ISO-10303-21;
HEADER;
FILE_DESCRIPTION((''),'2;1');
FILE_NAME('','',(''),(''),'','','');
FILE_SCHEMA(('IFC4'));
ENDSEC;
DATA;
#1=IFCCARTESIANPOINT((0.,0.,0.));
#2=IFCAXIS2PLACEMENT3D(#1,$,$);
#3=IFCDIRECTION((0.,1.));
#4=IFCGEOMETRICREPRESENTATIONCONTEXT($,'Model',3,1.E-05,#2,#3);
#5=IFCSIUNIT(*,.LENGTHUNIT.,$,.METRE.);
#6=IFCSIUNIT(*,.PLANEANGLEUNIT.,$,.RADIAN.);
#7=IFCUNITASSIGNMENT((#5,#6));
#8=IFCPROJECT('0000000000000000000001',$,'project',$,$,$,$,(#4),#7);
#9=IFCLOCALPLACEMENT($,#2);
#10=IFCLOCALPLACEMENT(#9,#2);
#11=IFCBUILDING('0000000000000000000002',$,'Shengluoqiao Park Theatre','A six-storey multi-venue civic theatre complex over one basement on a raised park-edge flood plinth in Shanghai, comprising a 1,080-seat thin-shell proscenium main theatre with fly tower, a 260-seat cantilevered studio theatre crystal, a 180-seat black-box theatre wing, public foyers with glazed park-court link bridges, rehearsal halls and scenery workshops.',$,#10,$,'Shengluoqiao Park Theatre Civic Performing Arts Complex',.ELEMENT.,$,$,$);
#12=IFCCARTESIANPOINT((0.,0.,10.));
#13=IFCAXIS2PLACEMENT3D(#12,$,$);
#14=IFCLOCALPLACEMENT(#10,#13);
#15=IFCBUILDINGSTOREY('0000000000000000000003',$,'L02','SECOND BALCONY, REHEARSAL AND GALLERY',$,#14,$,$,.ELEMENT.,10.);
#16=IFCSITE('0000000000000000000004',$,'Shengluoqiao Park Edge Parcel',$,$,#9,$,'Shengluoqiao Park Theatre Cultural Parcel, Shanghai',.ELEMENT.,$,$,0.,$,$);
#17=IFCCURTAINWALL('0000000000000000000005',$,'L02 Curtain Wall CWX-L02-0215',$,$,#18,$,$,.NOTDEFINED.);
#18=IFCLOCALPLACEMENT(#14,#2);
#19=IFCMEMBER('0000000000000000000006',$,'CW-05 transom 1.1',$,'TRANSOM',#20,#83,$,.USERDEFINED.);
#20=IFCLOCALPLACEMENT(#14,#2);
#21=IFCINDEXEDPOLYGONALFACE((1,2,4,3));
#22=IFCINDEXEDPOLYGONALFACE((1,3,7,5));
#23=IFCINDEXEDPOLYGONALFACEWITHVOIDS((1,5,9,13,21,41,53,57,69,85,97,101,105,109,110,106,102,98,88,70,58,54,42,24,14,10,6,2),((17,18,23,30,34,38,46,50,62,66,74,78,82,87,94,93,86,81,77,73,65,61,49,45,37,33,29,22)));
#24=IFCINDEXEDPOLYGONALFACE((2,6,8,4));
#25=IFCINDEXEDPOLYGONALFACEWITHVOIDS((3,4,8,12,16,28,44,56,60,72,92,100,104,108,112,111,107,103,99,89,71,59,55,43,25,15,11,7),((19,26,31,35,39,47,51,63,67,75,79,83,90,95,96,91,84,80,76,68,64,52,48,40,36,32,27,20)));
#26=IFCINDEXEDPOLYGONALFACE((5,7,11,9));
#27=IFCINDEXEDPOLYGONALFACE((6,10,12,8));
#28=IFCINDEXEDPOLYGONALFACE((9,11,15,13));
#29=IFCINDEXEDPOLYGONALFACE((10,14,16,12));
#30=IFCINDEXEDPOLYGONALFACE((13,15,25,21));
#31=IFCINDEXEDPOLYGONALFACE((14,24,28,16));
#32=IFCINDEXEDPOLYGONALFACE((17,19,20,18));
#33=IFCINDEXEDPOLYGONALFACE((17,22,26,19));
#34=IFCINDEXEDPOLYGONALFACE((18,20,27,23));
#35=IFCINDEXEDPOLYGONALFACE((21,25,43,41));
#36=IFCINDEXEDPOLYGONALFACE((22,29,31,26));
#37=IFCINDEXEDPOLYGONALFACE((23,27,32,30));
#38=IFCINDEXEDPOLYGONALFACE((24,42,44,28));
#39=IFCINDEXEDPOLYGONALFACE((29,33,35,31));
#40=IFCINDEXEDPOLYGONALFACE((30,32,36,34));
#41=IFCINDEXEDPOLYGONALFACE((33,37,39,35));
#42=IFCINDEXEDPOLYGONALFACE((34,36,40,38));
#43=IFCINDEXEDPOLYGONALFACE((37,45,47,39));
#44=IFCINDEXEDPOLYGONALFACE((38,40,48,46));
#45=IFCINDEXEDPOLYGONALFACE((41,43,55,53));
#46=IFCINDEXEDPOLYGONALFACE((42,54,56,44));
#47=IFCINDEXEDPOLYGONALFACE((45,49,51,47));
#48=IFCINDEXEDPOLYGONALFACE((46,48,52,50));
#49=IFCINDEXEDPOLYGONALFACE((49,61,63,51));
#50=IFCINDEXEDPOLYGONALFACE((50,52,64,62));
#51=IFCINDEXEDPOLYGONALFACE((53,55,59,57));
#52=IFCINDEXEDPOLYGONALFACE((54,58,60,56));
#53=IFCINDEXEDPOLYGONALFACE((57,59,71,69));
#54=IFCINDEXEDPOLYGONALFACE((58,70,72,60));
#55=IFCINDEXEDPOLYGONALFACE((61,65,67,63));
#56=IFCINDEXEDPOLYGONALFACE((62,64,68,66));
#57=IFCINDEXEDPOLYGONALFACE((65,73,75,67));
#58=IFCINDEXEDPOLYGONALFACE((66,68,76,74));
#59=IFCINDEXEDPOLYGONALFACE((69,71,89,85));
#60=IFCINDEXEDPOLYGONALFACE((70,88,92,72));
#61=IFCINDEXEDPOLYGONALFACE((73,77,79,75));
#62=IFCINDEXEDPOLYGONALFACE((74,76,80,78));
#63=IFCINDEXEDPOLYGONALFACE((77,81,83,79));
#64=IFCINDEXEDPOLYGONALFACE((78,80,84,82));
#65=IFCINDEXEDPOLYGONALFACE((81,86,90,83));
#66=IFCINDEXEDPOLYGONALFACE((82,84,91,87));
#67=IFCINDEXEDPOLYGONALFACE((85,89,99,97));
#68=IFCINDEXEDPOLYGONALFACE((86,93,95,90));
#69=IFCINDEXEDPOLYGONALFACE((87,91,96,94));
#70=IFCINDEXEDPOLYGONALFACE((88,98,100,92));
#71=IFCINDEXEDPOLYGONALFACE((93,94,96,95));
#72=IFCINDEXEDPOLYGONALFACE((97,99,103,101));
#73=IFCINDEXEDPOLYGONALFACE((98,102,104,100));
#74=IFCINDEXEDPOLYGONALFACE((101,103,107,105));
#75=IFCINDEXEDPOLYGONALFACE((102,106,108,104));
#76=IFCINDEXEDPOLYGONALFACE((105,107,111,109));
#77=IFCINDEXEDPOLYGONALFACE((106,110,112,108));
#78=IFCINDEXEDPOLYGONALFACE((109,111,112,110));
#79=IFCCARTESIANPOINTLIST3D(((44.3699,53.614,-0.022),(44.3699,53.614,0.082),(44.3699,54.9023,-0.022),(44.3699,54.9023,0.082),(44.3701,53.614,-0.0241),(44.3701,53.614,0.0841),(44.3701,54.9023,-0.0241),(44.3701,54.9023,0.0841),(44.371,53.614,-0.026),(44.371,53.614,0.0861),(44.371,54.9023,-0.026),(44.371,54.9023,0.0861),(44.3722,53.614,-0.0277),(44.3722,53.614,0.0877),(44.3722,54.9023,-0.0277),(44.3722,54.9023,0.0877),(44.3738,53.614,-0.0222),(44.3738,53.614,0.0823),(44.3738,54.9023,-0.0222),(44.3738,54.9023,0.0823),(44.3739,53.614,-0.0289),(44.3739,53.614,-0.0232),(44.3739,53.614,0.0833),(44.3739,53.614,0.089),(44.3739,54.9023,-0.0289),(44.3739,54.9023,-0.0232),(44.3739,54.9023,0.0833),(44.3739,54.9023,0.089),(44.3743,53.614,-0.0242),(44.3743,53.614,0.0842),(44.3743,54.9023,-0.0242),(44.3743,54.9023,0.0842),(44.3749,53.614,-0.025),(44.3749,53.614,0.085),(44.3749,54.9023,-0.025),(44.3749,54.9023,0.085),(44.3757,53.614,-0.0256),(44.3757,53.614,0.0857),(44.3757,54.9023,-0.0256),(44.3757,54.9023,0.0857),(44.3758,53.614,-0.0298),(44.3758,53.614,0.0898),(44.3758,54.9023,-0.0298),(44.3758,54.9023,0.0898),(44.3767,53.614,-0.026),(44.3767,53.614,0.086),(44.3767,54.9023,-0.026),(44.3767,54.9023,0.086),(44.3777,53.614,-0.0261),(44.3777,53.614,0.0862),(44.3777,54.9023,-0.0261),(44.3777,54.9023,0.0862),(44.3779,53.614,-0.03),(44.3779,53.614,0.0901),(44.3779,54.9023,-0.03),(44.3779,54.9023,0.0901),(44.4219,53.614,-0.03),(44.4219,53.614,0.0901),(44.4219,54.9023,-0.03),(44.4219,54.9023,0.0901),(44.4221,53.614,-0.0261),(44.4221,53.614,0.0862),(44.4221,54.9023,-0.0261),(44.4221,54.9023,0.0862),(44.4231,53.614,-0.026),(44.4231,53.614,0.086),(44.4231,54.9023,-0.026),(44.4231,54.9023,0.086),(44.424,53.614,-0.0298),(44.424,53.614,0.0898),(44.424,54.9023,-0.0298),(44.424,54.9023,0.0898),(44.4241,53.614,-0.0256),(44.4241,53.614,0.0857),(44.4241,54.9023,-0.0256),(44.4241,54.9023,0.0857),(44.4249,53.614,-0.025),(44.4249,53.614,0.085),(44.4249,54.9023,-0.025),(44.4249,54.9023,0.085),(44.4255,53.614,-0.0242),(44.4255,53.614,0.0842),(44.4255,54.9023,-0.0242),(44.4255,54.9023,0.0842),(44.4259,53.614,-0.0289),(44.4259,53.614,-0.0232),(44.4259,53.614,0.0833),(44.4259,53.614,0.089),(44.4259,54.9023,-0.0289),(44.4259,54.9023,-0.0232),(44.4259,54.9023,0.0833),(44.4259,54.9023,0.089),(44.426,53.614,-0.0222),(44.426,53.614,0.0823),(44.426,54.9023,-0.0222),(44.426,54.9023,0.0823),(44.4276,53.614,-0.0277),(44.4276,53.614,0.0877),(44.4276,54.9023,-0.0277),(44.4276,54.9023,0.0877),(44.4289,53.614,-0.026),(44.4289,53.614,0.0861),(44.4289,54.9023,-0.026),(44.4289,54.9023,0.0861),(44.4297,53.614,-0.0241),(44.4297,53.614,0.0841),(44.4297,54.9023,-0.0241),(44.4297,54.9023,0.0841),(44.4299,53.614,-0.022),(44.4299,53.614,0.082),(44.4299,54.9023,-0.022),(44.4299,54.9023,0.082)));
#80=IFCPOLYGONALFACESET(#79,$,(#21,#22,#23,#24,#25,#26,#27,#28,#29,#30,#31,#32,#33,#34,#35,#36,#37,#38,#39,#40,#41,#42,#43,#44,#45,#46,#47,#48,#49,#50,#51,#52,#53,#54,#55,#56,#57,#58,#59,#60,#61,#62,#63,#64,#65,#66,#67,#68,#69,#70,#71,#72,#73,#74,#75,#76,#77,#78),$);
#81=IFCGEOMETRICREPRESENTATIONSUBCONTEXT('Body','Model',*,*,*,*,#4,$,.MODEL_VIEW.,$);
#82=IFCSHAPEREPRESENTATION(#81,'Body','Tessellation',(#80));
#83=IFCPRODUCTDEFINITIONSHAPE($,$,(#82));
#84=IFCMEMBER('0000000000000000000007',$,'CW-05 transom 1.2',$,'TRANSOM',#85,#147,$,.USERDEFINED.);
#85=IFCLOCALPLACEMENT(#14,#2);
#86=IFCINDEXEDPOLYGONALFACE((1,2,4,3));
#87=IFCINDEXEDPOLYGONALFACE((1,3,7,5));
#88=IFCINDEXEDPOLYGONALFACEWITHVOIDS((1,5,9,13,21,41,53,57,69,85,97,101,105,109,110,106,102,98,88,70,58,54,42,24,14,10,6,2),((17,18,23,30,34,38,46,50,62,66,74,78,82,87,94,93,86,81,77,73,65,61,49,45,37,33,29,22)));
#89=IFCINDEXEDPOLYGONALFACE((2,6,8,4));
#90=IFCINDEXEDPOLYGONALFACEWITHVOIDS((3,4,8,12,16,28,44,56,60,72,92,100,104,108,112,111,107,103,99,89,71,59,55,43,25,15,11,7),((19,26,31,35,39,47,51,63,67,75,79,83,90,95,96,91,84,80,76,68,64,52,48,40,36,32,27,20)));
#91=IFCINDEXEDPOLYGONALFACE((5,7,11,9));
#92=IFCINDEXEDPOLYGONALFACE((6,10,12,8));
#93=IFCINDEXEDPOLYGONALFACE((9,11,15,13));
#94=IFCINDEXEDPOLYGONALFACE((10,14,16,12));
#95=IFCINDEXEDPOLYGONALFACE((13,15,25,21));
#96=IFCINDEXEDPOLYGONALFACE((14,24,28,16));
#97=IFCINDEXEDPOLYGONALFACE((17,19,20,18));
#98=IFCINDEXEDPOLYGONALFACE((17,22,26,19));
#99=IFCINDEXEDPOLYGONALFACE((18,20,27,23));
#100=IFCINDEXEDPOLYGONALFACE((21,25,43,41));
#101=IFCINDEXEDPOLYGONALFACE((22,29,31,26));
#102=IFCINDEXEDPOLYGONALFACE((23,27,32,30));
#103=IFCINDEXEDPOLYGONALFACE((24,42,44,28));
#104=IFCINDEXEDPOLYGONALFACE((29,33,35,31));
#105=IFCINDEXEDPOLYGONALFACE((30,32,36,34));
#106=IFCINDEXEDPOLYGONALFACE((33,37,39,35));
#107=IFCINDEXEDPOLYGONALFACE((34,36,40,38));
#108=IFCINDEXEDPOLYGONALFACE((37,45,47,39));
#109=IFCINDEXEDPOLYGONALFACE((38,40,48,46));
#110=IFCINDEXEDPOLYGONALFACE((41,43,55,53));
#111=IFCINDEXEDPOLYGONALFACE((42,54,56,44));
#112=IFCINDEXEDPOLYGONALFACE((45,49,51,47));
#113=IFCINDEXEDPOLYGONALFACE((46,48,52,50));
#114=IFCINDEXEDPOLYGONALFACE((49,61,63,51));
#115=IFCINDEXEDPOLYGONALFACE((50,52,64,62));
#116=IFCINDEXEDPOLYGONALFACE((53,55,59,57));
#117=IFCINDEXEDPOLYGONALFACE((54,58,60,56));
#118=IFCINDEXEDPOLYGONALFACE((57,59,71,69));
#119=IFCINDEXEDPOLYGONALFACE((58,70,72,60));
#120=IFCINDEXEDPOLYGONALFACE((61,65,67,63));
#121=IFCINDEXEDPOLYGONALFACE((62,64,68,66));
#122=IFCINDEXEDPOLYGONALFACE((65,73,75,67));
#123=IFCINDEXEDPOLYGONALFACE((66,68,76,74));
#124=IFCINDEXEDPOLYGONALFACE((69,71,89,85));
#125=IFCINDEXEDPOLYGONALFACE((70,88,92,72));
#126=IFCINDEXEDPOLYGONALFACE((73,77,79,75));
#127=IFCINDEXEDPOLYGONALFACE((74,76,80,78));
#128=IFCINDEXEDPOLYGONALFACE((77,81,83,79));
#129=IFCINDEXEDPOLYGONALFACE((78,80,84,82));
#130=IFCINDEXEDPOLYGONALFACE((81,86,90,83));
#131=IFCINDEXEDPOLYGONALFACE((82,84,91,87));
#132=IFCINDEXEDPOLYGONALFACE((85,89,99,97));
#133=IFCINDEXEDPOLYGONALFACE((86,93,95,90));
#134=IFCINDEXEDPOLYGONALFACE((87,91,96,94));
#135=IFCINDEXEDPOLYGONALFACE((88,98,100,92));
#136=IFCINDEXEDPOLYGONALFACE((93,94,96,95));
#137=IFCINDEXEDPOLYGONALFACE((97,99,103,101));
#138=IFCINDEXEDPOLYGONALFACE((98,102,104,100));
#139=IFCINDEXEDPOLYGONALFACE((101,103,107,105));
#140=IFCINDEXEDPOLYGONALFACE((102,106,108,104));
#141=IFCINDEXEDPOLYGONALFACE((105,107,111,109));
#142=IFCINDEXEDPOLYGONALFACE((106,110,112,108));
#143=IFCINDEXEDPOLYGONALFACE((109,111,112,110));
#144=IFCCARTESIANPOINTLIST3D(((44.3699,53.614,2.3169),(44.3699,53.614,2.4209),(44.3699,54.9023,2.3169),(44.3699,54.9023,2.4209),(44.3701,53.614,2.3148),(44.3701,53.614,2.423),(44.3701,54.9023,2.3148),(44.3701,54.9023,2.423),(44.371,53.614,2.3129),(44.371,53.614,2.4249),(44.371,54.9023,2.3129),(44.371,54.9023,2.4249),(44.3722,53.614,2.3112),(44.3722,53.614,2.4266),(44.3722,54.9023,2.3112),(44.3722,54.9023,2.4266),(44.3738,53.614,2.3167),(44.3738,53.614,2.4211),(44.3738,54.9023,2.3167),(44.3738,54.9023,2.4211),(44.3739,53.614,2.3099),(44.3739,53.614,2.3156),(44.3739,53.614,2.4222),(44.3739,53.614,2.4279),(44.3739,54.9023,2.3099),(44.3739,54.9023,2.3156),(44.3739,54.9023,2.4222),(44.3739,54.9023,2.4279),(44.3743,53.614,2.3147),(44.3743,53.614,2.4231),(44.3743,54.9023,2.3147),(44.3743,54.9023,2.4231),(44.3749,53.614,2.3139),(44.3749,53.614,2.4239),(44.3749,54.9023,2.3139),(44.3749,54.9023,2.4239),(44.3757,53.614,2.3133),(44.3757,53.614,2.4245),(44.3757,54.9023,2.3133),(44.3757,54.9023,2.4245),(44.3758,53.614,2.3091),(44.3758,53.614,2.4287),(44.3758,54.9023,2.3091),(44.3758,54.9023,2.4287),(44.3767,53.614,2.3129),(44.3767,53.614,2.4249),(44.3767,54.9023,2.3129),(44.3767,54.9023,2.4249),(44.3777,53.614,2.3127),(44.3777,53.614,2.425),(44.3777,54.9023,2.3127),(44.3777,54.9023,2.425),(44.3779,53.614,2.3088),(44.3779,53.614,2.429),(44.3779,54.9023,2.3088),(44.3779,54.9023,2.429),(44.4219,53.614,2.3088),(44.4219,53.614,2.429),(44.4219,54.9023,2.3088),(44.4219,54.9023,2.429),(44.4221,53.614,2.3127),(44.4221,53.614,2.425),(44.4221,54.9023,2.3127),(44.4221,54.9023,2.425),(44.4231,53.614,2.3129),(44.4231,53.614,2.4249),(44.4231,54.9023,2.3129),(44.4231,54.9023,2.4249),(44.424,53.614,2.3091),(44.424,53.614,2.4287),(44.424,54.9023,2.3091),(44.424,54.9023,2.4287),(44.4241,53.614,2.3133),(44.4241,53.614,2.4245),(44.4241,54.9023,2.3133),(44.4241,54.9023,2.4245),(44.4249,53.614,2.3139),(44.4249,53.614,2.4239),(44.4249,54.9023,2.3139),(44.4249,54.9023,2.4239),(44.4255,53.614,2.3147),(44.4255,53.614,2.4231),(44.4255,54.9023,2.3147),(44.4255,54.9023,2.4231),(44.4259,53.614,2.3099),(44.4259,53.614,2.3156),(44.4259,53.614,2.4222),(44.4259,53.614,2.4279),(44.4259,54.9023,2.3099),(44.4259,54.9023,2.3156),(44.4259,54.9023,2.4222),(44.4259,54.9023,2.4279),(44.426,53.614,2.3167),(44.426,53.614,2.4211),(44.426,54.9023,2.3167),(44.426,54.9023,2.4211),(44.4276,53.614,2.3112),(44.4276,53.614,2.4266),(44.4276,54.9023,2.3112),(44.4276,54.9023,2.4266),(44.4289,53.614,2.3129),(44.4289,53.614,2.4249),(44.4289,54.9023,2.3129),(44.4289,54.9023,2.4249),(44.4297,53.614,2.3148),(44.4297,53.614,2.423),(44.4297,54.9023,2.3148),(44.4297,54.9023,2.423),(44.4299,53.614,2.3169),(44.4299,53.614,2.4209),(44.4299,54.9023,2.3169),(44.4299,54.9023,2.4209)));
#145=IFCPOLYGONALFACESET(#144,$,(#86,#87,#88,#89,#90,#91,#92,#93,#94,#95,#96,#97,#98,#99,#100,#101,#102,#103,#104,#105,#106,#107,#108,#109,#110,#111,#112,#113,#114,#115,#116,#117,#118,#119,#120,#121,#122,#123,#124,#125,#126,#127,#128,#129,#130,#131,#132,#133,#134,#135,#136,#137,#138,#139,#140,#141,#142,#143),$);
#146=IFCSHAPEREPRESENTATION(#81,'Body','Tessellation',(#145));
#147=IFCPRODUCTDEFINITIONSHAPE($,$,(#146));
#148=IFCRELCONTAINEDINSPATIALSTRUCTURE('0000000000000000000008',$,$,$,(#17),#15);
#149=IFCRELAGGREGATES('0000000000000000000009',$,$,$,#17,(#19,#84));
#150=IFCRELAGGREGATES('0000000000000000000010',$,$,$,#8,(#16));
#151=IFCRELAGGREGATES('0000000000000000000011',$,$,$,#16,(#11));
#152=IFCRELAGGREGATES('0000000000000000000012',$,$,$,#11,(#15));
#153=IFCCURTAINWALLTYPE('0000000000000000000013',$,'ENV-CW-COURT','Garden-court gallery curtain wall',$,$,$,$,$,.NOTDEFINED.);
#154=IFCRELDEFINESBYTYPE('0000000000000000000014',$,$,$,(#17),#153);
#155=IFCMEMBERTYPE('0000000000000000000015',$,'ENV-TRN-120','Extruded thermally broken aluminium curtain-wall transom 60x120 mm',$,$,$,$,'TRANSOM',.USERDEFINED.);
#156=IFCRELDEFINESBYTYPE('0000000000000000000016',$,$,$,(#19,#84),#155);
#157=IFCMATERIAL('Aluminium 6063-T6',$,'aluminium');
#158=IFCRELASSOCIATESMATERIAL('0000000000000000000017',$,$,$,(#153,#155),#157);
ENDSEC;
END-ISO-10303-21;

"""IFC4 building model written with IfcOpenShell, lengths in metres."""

from ifc_helpers import new_model, si_unit, direction, frame, origin, origin_2d, place, context, subcontext, project, spatial, hollow_rectangle, extrude, material, material_profile, profile_set, type_object, element, aggregate, save


model = new_model("IFC4")

# Units and contexts
model_context = context("Model", 3, precision=1e-05, world=origin(), true_north=direction((0.0, 1.0)))
body_context = subcontext(model_context, "Body", "Model", "MODEL_VIEW")
ifc_project = project(units=[si_unit("LENGTHUNIT", "METRE"), si_unit("PLANEANGLEUNIT", "RADIAN")], contexts=[model_context])

# Site, building, storey
site_placement = place(None, origin())
site = spatial("IfcSite", under=ifc_project, at=site_placement, Name="Shengluoqiao Park Edge Parcel", LongName="Shengluoqiao Park Theatre Cultural Parcel, Shanghai", CompositionType="ELEMENT", RefElevation=0.0)
building_placement = place(site_placement, origin())
building = spatial("IfcBuilding", under=site, at=building_placement, Name="Shengluoqiao Park Theatre", Description="A six-storey multi-venue civic theatre complex over one basement on a raised park-edge flood plinth in Shanghai, comprising a 1,080-seat thin-shell proscenium main theatre with fly tower, a 260-seat cantilevered studio theatre crystal, a 180-seat black-box theatre wing, public foyers with glazed park-court link bridges, rehearsal halls and scenery workshops.", LongName="Shengluoqiao Park Theatre Civic Performing Arts Complex", CompositionType="ELEMENT")
storey_placement = place(building_placement, frame((0.0, 0.0, 10.0)))
storey = spatial("IfcBuildingStorey", under=building, at=storey_placement, Name="L02", Description="SECOND BALCONY, REHEARSAL AND GALLERY", CompositionType="ELEMENT", Elevation=10.0)

# Curtain wall
ifc_material_1 = material(Name="Aluminium 6063-T6", Category="aluminium")
curtain_wall_type_1 = type_object("IfcCurtainWallType", Name="ENV-CW-COURT", Description="Garden-court gallery curtain wall", PredefinedType="NOTDEFINED", material=ifc_material_1)
curtain_wall_1_placement = place(storey_placement, origin())
curtain_wall_1 = element("IfcCurtainWall", 1, at=curtain_wall_1_placement, inside=storey, type_object=curtain_wall_type_1, Name="L02 Curtain Wall CWX-L02-0215", PredefinedType="NOTDEFINED")

# Members
ifc_material_profile_1 = material_profile(ifc_material_1, hollow_rectangle(XDim=0.0601, YDim=0.1201, WallThickness=0.0039, InnerFilletRadius=0.0039, OuterFilletRadius=0.0081, at=origin_2d()), Name="ALU TRANSOM 120x60x4")
ifc_profile_set_1 = profile_set([ifc_material_profile_1], Name="Aluminium 6063-T6")
member_type_1 = type_object("IfcMemberType", Name="ENV-TRN-120", Description="Extruded thermally broken aluminium curtain-wall transom 60x120 mm", ElementType="TRANSOM", PredefinedType="USERDEFINED", material=ifc_profile_set_1)
member_1_placement = place(storey_placement, frame((44.3999, 53.614, 0.03), z_axis=(0.0, 1.0, 0.0), x_axis=(-1.0, 0.0, 0.0)))
member_1 = element("IfcMember", 2, at=member_1_placement, type_object=member_type_1, Name="CW-05 transom 1.1", ObjectType="TRANSOM", PredefinedType="USERDEFINED", context=body_context, shape_type="SweptSolid", body=[
    extrude(hollow_rectangle(XDim=0.0601, YDim=0.1201, WallThickness=0.0039, InnerFilletRadius=0.0039, OuterFilletRadius=0.0081, at=origin_2d()), origin(), (0.0, 0.0, 1.0), 1.2883),
])
member_2_placement = place(storey_placement, frame((44.3999, 53.614, 2.3689), z_axis=(0.0, 1.0, 0.0), x_axis=(-1.0, 0.0, 0.0)))
member_2 = element("IfcMember", 3, at=member_2_placement, type_object=member_type_1, Name="CW-05 transom 1.2", ObjectType="TRANSOM", PredefinedType="USERDEFINED", context=body_context, shape_type="SweptSolid", body=[
    extrude(hollow_rectangle(XDim=0.0601, YDim=0.1201, WallThickness=0.0039, InnerFilletRadius=0.0039, OuterFilletRadius=0.0081, at=origin_2d()), origin(), (0.0, 0.0, 1.0), 1.2883),
])

aggregate(curtain_wall_1, [member_1, member_2])

save(model, "model.ifc")
